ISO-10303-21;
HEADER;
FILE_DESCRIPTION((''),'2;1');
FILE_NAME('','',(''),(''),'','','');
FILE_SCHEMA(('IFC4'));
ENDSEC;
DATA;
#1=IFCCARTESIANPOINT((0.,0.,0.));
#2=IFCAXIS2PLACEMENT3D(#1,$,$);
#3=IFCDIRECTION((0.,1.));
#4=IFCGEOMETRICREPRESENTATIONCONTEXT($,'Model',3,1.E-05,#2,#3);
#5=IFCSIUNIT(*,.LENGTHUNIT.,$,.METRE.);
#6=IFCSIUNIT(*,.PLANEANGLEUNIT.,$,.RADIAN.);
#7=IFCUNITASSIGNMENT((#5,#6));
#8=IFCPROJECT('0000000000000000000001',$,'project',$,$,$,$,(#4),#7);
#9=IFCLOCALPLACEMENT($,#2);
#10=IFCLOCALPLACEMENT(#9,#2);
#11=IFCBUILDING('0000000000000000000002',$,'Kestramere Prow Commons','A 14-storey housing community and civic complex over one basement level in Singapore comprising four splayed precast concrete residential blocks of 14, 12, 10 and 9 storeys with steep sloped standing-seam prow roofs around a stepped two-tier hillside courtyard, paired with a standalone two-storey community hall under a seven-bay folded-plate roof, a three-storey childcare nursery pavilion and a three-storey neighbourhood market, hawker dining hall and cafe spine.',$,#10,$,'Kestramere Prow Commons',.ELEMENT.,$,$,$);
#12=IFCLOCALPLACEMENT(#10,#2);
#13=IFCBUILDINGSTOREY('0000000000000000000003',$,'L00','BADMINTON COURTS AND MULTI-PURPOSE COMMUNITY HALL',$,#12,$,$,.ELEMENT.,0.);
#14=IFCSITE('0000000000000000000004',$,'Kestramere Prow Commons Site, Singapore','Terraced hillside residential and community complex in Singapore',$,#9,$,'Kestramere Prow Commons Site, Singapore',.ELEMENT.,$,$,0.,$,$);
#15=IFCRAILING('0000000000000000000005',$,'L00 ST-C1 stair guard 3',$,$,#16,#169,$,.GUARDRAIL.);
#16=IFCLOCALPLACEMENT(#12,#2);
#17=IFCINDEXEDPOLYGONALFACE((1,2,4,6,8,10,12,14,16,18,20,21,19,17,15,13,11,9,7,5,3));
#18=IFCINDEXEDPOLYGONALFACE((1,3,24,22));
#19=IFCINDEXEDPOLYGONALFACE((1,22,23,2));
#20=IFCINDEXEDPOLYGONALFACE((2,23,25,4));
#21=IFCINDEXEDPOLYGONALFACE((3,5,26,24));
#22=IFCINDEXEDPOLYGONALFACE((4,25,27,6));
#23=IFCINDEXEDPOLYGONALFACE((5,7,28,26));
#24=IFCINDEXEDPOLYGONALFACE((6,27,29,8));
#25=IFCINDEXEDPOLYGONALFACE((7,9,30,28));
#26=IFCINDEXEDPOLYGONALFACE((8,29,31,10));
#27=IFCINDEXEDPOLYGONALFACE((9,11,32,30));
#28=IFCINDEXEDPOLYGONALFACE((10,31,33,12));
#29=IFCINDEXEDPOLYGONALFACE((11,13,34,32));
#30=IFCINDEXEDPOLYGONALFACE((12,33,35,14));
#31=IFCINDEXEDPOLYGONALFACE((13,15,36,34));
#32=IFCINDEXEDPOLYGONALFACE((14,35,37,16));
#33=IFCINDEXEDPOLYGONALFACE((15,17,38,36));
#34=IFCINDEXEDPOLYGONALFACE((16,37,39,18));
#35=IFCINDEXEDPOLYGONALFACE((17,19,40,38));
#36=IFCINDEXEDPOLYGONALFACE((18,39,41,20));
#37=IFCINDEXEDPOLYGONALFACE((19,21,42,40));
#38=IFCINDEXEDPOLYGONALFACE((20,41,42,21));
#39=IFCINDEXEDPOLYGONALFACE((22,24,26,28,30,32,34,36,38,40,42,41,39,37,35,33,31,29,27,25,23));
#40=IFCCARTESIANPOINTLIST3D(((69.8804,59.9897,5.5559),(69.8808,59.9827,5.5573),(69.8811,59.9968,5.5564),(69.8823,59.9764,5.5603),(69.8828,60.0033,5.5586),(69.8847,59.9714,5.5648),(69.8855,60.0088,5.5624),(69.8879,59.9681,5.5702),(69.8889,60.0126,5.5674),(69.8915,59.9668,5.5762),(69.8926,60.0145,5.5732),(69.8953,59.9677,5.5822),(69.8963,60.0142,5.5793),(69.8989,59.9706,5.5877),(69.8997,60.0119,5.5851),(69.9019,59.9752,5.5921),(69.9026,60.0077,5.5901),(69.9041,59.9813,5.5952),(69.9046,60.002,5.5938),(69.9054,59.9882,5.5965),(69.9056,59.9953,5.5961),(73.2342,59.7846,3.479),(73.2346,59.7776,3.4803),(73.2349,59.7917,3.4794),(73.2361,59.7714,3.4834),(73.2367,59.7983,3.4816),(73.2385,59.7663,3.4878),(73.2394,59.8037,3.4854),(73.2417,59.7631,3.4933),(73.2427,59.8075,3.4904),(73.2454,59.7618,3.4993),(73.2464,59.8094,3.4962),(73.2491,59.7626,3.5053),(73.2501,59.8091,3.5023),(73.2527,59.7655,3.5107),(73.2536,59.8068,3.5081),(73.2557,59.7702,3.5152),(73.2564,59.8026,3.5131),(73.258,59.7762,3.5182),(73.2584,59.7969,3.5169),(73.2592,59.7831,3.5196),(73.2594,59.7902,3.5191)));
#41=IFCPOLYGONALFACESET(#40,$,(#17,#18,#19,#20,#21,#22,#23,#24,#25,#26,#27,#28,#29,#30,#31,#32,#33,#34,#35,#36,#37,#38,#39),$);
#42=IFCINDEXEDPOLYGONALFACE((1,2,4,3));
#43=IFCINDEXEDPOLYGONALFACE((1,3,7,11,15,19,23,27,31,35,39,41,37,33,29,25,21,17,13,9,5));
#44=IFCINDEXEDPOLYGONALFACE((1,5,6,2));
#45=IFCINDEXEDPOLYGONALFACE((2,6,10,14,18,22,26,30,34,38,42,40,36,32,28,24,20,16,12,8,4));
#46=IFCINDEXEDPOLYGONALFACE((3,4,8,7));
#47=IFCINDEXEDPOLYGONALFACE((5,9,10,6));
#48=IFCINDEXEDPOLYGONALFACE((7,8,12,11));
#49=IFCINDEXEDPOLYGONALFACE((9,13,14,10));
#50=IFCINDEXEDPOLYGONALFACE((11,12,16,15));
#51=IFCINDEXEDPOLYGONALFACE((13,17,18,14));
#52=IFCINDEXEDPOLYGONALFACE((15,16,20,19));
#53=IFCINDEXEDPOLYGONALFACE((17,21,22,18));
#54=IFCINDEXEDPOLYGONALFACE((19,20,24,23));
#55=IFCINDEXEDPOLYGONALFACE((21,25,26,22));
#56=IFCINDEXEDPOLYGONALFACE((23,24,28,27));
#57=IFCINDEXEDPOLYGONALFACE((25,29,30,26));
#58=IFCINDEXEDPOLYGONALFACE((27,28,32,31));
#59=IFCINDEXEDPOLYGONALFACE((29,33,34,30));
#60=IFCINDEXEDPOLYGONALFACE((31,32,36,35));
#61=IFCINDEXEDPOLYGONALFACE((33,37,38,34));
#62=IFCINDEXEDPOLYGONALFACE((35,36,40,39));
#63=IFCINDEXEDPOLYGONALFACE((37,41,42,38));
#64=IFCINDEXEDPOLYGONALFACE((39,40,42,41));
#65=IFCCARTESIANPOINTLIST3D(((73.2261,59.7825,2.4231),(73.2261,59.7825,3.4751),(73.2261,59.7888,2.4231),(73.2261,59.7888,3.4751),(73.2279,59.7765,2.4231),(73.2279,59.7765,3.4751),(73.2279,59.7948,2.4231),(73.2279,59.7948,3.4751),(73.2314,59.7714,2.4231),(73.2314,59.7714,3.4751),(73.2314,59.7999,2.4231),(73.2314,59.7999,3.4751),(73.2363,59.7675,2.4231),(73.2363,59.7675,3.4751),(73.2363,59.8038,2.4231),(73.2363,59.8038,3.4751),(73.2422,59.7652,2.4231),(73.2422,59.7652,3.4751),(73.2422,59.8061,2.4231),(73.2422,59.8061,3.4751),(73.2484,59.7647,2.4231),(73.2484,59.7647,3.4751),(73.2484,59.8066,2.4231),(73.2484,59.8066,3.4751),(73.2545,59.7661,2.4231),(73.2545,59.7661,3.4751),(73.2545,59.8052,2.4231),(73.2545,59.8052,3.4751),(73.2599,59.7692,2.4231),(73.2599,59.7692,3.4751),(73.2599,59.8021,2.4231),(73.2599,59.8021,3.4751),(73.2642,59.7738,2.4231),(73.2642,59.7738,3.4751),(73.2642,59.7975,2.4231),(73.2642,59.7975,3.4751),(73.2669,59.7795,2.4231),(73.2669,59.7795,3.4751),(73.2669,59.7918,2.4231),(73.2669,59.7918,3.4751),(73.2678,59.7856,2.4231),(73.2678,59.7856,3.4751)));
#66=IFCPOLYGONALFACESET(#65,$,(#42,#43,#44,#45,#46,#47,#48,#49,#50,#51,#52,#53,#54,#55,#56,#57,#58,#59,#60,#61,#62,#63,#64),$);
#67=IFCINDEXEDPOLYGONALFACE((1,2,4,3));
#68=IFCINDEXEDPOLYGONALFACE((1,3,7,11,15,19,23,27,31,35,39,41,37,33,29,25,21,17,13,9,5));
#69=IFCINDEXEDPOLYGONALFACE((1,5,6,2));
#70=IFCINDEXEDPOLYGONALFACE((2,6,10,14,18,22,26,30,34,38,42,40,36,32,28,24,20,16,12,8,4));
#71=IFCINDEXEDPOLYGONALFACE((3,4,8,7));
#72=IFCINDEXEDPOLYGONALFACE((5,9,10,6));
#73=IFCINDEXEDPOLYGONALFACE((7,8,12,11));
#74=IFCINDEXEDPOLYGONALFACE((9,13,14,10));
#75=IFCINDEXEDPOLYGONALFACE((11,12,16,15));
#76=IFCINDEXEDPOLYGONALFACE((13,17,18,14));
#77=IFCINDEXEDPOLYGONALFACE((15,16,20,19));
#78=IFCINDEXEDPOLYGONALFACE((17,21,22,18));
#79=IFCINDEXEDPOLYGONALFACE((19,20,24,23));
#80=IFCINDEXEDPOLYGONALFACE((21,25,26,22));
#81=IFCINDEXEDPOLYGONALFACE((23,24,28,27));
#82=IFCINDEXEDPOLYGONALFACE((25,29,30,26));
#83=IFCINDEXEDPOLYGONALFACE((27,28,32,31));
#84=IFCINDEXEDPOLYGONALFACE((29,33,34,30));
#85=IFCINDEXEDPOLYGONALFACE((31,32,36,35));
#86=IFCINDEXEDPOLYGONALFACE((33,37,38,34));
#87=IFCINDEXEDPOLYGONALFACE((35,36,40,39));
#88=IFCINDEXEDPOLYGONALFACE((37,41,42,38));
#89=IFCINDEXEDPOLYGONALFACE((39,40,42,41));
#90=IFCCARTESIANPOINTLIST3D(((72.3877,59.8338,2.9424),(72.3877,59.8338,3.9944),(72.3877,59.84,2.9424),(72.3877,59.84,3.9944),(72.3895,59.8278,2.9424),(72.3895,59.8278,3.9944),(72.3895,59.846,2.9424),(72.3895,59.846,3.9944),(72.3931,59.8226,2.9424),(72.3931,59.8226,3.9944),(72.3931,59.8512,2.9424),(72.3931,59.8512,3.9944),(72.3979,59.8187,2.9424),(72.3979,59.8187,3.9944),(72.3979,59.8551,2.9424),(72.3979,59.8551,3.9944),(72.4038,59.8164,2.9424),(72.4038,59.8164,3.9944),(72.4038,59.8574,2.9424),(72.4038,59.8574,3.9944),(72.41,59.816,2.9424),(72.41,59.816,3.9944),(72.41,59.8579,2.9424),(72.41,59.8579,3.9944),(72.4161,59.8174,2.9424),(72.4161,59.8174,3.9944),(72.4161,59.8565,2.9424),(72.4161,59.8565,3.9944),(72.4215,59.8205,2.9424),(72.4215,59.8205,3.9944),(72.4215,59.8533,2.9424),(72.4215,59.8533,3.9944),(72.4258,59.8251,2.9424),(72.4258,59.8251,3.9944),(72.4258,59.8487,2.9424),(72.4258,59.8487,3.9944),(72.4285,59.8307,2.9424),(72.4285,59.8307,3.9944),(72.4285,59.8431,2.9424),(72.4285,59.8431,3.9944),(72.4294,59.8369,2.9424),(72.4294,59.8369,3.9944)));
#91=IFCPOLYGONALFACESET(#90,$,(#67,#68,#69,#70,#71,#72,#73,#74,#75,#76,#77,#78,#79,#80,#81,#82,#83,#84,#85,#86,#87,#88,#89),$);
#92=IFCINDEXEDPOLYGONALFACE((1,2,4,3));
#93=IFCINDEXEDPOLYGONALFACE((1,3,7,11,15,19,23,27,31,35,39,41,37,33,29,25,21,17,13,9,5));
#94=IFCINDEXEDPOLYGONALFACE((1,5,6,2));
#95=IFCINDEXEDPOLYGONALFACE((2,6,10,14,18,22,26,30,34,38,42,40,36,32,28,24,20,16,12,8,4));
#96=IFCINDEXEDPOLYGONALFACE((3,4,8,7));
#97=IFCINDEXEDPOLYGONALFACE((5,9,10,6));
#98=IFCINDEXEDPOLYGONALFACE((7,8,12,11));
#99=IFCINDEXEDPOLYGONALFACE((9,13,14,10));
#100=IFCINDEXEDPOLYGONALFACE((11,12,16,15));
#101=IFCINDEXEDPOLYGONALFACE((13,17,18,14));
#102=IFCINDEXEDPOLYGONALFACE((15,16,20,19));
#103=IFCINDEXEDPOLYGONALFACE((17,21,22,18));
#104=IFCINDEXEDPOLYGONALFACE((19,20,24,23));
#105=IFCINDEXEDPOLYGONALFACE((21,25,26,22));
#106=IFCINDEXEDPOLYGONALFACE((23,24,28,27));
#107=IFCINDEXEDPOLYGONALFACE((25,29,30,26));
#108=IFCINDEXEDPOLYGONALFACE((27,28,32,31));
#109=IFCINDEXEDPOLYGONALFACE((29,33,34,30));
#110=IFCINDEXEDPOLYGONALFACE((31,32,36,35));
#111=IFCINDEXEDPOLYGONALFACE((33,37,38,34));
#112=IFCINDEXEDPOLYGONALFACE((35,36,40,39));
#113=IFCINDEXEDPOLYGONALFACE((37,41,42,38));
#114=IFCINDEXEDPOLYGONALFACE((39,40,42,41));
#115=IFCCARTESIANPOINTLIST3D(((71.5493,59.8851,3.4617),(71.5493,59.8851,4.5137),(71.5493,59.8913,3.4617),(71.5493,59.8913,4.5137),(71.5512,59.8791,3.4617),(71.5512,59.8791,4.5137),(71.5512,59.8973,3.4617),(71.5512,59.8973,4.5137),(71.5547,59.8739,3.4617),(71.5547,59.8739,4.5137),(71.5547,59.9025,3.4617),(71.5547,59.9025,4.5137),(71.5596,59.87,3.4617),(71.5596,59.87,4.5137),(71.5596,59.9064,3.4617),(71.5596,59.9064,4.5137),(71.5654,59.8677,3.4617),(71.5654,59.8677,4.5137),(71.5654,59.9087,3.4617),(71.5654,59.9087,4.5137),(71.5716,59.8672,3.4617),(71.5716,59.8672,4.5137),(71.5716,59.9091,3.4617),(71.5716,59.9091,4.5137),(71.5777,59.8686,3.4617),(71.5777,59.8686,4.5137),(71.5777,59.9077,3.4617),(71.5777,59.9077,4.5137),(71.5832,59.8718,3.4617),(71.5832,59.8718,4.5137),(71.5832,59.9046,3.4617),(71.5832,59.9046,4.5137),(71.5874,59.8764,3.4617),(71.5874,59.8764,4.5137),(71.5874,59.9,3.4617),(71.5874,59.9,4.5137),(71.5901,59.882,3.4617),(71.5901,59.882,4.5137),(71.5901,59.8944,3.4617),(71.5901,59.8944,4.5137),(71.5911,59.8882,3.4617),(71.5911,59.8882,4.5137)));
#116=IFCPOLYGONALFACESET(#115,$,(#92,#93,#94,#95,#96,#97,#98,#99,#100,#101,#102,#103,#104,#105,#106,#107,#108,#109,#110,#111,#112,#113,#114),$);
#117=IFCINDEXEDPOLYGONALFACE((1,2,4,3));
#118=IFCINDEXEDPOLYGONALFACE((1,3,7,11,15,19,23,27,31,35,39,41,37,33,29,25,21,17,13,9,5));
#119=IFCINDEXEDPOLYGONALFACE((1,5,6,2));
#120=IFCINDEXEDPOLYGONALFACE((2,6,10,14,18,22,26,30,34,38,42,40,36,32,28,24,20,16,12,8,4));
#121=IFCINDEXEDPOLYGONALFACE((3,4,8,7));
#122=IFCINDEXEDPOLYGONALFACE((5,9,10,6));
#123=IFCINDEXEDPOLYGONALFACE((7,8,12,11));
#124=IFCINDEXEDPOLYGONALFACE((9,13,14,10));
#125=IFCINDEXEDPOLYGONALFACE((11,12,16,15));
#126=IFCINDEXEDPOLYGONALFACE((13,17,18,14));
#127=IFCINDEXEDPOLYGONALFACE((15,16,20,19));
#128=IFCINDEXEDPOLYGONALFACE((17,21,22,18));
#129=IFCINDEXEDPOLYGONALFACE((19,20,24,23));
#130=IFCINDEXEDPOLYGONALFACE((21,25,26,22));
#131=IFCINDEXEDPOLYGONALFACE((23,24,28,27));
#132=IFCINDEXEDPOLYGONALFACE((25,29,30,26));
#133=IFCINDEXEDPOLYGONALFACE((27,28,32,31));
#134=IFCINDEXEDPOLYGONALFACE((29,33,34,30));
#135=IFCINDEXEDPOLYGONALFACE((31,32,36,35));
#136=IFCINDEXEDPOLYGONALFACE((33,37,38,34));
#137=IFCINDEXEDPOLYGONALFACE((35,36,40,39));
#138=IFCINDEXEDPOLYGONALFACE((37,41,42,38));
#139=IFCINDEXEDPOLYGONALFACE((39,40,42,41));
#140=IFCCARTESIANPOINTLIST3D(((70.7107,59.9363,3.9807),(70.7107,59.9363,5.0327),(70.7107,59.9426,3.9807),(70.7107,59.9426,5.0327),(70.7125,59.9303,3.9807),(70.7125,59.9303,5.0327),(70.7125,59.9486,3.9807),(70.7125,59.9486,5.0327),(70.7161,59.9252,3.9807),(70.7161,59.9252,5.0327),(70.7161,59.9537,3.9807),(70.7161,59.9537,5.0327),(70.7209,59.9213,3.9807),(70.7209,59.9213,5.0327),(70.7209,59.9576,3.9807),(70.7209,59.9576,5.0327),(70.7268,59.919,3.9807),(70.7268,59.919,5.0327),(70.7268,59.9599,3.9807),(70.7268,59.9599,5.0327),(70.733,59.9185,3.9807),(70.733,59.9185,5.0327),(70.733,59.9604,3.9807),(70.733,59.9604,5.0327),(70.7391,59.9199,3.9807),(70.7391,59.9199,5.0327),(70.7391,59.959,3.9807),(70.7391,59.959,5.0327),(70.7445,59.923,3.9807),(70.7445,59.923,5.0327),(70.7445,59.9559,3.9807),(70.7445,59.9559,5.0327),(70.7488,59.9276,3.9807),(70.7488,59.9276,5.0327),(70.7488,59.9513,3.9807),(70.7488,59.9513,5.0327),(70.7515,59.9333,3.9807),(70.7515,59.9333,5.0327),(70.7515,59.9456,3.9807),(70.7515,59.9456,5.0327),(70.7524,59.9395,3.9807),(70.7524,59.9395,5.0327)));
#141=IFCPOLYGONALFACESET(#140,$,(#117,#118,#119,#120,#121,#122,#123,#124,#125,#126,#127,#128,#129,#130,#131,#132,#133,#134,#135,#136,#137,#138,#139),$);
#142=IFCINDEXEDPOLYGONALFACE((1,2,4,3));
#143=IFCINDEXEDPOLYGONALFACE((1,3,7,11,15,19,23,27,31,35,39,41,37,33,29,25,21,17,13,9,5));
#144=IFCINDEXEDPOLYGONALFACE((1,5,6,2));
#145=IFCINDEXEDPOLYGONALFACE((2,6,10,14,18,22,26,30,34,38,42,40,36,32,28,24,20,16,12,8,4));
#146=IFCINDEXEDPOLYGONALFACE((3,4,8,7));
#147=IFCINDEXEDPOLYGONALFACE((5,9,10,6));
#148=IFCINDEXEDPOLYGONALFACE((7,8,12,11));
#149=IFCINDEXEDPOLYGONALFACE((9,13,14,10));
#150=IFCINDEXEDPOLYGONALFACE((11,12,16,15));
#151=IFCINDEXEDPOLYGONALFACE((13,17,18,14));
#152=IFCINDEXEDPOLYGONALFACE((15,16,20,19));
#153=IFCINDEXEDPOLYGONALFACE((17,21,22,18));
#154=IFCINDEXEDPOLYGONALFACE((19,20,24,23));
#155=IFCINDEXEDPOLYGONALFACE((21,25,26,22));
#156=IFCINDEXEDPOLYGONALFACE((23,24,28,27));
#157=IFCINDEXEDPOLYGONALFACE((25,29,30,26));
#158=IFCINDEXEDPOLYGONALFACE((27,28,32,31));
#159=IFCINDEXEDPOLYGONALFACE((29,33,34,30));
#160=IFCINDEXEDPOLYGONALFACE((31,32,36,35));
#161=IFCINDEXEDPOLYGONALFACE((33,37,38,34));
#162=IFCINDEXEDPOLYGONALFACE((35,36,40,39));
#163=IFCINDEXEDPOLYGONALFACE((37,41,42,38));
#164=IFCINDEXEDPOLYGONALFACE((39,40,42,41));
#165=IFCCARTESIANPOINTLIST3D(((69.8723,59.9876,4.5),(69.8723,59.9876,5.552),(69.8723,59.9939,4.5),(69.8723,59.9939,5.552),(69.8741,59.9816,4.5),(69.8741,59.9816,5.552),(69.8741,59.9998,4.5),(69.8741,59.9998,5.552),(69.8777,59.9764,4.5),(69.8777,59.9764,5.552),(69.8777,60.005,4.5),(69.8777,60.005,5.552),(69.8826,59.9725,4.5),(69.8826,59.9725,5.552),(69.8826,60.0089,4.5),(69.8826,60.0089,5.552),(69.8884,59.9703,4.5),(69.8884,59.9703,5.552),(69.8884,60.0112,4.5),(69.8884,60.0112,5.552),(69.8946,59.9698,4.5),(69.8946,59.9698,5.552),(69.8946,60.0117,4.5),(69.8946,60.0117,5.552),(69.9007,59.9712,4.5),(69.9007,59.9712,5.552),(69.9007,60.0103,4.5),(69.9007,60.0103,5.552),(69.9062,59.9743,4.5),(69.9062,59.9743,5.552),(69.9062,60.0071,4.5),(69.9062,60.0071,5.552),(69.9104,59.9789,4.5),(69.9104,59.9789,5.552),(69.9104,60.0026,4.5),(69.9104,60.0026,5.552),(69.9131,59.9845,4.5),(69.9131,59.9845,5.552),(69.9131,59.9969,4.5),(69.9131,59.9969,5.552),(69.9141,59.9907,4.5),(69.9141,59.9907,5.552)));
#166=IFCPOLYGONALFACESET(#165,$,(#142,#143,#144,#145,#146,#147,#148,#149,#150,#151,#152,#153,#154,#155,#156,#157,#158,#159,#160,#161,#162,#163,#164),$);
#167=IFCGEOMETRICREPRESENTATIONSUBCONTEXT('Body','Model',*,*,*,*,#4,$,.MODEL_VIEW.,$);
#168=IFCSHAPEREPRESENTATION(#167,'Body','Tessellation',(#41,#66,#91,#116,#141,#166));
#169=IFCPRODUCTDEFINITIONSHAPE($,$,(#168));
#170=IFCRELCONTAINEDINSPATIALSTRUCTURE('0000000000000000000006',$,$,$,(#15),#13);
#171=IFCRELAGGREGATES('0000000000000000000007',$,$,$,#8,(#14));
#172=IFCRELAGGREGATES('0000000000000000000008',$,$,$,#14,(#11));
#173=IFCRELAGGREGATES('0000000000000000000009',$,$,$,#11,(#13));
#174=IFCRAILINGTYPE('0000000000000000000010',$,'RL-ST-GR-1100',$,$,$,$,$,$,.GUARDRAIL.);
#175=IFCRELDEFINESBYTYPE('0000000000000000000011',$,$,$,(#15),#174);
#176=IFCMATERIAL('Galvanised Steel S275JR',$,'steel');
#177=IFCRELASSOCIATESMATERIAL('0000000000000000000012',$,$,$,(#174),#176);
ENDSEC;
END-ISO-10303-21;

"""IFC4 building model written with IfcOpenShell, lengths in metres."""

from ifc_helpers import new_model, si_unit, direction, frame, origin, origin_2d, place, context, subcontext, project, spatial, circle, extrude, material, type_object, element, save


model = new_model("IFC4")

# Units and contexts
model_context = context("Model", 3, precision=1e-05, world=origin(), true_north=direction((0.0, 1.0)))
body_context = subcontext(model_context, "Body", "Model", "MODEL_VIEW")
ifc_project = project(units=[si_unit("LENGTHUNIT", "METRE"), si_unit("PLANEANGLEUNIT", "RADIAN")], contexts=[model_context])

# Site, building, storey
site_placement = place(None, origin())
site = spatial("IfcSite", under=ifc_project, at=site_placement, Name="Kestramere Prow Commons Site, Singapore", Description="Terraced hillside residential and community complex in Singapore", LongName="Kestramere Prow Commons Site, Singapore", CompositionType="ELEMENT", RefElevation=0.0)
building_placement = place(site_placement, origin())
building = spatial("IfcBuilding", under=site, at=building_placement, Name="Kestramere Prow Commons", Description="A 14-storey housing community and civic complex over one basement level in Singapore comprising four splayed precast concrete residential blocks of 14, 12, 10 and 9 storeys with steep sloped standing-seam prow roofs around a stepped two-tier hillside courtyard, paired with a standalone two-storey community hall under a seven-bay folded-plate roof, a three-storey childcare nursery pavilion and a three-storey neighbourhood market, hawker dining hall and cafe spine.", LongName="Kestramere Prow Commons", CompositionType="ELEMENT")
storey_placement = place(building_placement, origin())
storey = spatial("IfcBuildingStorey", under=building, at=storey_placement, Name="L00", Description="BADMINTON COURTS AND MULTI-PURPOSE COMMUNITY HALL", CompositionType="ELEMENT", Elevation=0.0)

# Railing
ifc_material_1 = material(Name="Galvanised Steel S275JR", Category="steel")
railing_type = type_object("IfcRailingType", Name="RL-ST-GR-1100", PredefinedType="GUARDRAIL", material=ifc_material_1)
railing_1_placement = place(storey_placement, frame((73.2468, 59.7856, 2.4231)))
element("IfcRailing", 1, at=railing_1_placement, inside=storey, type_object=railing_type, Name="L00 ST-C1 stair guard 3", PredefinedType="GUARDRAIL", context=body_context, shape_type="SweptSolid", body=[
    extrude(circle(Radius=0.0239, at=origin_2d()), frame((0.0, 0.0, 1.0762), z_axis=(-0.849032, 0.051917, 0.525785), x_axis=(-0.061035, -0.998136, 0.0)), (0.0, 0.0, 1.0), 3.9502),
    extrude(circle(Radius=0.021, at=origin_2d()), origin(), (0.0, 0.0, 1.0), 1.052),
    extrude(circle(Radius=0.021, at=origin_2d()), frame((-0.8384, 0.0513, 0.5193)), (0.0, 0.0, 1.0), 1.052),
    extrude(circle(Radius=0.021, at=origin_2d()), frame((-1.6768, 0.1025, 1.0386)), (0.0, 0.0, 1.0), 1.052),
    extrude(circle(Radius=0.021, at=origin_2d()), frame((-2.5154, 0.1538, 1.5576)), (0.0, 0.0, 1.0), 1.052),
    extrude(circle(Radius=0.021, at=origin_2d()), frame((-3.3538, 0.2051, 2.0769)), (0.0, 0.0, 1.0), 1.052),
])

save(model, "model.ifc")
